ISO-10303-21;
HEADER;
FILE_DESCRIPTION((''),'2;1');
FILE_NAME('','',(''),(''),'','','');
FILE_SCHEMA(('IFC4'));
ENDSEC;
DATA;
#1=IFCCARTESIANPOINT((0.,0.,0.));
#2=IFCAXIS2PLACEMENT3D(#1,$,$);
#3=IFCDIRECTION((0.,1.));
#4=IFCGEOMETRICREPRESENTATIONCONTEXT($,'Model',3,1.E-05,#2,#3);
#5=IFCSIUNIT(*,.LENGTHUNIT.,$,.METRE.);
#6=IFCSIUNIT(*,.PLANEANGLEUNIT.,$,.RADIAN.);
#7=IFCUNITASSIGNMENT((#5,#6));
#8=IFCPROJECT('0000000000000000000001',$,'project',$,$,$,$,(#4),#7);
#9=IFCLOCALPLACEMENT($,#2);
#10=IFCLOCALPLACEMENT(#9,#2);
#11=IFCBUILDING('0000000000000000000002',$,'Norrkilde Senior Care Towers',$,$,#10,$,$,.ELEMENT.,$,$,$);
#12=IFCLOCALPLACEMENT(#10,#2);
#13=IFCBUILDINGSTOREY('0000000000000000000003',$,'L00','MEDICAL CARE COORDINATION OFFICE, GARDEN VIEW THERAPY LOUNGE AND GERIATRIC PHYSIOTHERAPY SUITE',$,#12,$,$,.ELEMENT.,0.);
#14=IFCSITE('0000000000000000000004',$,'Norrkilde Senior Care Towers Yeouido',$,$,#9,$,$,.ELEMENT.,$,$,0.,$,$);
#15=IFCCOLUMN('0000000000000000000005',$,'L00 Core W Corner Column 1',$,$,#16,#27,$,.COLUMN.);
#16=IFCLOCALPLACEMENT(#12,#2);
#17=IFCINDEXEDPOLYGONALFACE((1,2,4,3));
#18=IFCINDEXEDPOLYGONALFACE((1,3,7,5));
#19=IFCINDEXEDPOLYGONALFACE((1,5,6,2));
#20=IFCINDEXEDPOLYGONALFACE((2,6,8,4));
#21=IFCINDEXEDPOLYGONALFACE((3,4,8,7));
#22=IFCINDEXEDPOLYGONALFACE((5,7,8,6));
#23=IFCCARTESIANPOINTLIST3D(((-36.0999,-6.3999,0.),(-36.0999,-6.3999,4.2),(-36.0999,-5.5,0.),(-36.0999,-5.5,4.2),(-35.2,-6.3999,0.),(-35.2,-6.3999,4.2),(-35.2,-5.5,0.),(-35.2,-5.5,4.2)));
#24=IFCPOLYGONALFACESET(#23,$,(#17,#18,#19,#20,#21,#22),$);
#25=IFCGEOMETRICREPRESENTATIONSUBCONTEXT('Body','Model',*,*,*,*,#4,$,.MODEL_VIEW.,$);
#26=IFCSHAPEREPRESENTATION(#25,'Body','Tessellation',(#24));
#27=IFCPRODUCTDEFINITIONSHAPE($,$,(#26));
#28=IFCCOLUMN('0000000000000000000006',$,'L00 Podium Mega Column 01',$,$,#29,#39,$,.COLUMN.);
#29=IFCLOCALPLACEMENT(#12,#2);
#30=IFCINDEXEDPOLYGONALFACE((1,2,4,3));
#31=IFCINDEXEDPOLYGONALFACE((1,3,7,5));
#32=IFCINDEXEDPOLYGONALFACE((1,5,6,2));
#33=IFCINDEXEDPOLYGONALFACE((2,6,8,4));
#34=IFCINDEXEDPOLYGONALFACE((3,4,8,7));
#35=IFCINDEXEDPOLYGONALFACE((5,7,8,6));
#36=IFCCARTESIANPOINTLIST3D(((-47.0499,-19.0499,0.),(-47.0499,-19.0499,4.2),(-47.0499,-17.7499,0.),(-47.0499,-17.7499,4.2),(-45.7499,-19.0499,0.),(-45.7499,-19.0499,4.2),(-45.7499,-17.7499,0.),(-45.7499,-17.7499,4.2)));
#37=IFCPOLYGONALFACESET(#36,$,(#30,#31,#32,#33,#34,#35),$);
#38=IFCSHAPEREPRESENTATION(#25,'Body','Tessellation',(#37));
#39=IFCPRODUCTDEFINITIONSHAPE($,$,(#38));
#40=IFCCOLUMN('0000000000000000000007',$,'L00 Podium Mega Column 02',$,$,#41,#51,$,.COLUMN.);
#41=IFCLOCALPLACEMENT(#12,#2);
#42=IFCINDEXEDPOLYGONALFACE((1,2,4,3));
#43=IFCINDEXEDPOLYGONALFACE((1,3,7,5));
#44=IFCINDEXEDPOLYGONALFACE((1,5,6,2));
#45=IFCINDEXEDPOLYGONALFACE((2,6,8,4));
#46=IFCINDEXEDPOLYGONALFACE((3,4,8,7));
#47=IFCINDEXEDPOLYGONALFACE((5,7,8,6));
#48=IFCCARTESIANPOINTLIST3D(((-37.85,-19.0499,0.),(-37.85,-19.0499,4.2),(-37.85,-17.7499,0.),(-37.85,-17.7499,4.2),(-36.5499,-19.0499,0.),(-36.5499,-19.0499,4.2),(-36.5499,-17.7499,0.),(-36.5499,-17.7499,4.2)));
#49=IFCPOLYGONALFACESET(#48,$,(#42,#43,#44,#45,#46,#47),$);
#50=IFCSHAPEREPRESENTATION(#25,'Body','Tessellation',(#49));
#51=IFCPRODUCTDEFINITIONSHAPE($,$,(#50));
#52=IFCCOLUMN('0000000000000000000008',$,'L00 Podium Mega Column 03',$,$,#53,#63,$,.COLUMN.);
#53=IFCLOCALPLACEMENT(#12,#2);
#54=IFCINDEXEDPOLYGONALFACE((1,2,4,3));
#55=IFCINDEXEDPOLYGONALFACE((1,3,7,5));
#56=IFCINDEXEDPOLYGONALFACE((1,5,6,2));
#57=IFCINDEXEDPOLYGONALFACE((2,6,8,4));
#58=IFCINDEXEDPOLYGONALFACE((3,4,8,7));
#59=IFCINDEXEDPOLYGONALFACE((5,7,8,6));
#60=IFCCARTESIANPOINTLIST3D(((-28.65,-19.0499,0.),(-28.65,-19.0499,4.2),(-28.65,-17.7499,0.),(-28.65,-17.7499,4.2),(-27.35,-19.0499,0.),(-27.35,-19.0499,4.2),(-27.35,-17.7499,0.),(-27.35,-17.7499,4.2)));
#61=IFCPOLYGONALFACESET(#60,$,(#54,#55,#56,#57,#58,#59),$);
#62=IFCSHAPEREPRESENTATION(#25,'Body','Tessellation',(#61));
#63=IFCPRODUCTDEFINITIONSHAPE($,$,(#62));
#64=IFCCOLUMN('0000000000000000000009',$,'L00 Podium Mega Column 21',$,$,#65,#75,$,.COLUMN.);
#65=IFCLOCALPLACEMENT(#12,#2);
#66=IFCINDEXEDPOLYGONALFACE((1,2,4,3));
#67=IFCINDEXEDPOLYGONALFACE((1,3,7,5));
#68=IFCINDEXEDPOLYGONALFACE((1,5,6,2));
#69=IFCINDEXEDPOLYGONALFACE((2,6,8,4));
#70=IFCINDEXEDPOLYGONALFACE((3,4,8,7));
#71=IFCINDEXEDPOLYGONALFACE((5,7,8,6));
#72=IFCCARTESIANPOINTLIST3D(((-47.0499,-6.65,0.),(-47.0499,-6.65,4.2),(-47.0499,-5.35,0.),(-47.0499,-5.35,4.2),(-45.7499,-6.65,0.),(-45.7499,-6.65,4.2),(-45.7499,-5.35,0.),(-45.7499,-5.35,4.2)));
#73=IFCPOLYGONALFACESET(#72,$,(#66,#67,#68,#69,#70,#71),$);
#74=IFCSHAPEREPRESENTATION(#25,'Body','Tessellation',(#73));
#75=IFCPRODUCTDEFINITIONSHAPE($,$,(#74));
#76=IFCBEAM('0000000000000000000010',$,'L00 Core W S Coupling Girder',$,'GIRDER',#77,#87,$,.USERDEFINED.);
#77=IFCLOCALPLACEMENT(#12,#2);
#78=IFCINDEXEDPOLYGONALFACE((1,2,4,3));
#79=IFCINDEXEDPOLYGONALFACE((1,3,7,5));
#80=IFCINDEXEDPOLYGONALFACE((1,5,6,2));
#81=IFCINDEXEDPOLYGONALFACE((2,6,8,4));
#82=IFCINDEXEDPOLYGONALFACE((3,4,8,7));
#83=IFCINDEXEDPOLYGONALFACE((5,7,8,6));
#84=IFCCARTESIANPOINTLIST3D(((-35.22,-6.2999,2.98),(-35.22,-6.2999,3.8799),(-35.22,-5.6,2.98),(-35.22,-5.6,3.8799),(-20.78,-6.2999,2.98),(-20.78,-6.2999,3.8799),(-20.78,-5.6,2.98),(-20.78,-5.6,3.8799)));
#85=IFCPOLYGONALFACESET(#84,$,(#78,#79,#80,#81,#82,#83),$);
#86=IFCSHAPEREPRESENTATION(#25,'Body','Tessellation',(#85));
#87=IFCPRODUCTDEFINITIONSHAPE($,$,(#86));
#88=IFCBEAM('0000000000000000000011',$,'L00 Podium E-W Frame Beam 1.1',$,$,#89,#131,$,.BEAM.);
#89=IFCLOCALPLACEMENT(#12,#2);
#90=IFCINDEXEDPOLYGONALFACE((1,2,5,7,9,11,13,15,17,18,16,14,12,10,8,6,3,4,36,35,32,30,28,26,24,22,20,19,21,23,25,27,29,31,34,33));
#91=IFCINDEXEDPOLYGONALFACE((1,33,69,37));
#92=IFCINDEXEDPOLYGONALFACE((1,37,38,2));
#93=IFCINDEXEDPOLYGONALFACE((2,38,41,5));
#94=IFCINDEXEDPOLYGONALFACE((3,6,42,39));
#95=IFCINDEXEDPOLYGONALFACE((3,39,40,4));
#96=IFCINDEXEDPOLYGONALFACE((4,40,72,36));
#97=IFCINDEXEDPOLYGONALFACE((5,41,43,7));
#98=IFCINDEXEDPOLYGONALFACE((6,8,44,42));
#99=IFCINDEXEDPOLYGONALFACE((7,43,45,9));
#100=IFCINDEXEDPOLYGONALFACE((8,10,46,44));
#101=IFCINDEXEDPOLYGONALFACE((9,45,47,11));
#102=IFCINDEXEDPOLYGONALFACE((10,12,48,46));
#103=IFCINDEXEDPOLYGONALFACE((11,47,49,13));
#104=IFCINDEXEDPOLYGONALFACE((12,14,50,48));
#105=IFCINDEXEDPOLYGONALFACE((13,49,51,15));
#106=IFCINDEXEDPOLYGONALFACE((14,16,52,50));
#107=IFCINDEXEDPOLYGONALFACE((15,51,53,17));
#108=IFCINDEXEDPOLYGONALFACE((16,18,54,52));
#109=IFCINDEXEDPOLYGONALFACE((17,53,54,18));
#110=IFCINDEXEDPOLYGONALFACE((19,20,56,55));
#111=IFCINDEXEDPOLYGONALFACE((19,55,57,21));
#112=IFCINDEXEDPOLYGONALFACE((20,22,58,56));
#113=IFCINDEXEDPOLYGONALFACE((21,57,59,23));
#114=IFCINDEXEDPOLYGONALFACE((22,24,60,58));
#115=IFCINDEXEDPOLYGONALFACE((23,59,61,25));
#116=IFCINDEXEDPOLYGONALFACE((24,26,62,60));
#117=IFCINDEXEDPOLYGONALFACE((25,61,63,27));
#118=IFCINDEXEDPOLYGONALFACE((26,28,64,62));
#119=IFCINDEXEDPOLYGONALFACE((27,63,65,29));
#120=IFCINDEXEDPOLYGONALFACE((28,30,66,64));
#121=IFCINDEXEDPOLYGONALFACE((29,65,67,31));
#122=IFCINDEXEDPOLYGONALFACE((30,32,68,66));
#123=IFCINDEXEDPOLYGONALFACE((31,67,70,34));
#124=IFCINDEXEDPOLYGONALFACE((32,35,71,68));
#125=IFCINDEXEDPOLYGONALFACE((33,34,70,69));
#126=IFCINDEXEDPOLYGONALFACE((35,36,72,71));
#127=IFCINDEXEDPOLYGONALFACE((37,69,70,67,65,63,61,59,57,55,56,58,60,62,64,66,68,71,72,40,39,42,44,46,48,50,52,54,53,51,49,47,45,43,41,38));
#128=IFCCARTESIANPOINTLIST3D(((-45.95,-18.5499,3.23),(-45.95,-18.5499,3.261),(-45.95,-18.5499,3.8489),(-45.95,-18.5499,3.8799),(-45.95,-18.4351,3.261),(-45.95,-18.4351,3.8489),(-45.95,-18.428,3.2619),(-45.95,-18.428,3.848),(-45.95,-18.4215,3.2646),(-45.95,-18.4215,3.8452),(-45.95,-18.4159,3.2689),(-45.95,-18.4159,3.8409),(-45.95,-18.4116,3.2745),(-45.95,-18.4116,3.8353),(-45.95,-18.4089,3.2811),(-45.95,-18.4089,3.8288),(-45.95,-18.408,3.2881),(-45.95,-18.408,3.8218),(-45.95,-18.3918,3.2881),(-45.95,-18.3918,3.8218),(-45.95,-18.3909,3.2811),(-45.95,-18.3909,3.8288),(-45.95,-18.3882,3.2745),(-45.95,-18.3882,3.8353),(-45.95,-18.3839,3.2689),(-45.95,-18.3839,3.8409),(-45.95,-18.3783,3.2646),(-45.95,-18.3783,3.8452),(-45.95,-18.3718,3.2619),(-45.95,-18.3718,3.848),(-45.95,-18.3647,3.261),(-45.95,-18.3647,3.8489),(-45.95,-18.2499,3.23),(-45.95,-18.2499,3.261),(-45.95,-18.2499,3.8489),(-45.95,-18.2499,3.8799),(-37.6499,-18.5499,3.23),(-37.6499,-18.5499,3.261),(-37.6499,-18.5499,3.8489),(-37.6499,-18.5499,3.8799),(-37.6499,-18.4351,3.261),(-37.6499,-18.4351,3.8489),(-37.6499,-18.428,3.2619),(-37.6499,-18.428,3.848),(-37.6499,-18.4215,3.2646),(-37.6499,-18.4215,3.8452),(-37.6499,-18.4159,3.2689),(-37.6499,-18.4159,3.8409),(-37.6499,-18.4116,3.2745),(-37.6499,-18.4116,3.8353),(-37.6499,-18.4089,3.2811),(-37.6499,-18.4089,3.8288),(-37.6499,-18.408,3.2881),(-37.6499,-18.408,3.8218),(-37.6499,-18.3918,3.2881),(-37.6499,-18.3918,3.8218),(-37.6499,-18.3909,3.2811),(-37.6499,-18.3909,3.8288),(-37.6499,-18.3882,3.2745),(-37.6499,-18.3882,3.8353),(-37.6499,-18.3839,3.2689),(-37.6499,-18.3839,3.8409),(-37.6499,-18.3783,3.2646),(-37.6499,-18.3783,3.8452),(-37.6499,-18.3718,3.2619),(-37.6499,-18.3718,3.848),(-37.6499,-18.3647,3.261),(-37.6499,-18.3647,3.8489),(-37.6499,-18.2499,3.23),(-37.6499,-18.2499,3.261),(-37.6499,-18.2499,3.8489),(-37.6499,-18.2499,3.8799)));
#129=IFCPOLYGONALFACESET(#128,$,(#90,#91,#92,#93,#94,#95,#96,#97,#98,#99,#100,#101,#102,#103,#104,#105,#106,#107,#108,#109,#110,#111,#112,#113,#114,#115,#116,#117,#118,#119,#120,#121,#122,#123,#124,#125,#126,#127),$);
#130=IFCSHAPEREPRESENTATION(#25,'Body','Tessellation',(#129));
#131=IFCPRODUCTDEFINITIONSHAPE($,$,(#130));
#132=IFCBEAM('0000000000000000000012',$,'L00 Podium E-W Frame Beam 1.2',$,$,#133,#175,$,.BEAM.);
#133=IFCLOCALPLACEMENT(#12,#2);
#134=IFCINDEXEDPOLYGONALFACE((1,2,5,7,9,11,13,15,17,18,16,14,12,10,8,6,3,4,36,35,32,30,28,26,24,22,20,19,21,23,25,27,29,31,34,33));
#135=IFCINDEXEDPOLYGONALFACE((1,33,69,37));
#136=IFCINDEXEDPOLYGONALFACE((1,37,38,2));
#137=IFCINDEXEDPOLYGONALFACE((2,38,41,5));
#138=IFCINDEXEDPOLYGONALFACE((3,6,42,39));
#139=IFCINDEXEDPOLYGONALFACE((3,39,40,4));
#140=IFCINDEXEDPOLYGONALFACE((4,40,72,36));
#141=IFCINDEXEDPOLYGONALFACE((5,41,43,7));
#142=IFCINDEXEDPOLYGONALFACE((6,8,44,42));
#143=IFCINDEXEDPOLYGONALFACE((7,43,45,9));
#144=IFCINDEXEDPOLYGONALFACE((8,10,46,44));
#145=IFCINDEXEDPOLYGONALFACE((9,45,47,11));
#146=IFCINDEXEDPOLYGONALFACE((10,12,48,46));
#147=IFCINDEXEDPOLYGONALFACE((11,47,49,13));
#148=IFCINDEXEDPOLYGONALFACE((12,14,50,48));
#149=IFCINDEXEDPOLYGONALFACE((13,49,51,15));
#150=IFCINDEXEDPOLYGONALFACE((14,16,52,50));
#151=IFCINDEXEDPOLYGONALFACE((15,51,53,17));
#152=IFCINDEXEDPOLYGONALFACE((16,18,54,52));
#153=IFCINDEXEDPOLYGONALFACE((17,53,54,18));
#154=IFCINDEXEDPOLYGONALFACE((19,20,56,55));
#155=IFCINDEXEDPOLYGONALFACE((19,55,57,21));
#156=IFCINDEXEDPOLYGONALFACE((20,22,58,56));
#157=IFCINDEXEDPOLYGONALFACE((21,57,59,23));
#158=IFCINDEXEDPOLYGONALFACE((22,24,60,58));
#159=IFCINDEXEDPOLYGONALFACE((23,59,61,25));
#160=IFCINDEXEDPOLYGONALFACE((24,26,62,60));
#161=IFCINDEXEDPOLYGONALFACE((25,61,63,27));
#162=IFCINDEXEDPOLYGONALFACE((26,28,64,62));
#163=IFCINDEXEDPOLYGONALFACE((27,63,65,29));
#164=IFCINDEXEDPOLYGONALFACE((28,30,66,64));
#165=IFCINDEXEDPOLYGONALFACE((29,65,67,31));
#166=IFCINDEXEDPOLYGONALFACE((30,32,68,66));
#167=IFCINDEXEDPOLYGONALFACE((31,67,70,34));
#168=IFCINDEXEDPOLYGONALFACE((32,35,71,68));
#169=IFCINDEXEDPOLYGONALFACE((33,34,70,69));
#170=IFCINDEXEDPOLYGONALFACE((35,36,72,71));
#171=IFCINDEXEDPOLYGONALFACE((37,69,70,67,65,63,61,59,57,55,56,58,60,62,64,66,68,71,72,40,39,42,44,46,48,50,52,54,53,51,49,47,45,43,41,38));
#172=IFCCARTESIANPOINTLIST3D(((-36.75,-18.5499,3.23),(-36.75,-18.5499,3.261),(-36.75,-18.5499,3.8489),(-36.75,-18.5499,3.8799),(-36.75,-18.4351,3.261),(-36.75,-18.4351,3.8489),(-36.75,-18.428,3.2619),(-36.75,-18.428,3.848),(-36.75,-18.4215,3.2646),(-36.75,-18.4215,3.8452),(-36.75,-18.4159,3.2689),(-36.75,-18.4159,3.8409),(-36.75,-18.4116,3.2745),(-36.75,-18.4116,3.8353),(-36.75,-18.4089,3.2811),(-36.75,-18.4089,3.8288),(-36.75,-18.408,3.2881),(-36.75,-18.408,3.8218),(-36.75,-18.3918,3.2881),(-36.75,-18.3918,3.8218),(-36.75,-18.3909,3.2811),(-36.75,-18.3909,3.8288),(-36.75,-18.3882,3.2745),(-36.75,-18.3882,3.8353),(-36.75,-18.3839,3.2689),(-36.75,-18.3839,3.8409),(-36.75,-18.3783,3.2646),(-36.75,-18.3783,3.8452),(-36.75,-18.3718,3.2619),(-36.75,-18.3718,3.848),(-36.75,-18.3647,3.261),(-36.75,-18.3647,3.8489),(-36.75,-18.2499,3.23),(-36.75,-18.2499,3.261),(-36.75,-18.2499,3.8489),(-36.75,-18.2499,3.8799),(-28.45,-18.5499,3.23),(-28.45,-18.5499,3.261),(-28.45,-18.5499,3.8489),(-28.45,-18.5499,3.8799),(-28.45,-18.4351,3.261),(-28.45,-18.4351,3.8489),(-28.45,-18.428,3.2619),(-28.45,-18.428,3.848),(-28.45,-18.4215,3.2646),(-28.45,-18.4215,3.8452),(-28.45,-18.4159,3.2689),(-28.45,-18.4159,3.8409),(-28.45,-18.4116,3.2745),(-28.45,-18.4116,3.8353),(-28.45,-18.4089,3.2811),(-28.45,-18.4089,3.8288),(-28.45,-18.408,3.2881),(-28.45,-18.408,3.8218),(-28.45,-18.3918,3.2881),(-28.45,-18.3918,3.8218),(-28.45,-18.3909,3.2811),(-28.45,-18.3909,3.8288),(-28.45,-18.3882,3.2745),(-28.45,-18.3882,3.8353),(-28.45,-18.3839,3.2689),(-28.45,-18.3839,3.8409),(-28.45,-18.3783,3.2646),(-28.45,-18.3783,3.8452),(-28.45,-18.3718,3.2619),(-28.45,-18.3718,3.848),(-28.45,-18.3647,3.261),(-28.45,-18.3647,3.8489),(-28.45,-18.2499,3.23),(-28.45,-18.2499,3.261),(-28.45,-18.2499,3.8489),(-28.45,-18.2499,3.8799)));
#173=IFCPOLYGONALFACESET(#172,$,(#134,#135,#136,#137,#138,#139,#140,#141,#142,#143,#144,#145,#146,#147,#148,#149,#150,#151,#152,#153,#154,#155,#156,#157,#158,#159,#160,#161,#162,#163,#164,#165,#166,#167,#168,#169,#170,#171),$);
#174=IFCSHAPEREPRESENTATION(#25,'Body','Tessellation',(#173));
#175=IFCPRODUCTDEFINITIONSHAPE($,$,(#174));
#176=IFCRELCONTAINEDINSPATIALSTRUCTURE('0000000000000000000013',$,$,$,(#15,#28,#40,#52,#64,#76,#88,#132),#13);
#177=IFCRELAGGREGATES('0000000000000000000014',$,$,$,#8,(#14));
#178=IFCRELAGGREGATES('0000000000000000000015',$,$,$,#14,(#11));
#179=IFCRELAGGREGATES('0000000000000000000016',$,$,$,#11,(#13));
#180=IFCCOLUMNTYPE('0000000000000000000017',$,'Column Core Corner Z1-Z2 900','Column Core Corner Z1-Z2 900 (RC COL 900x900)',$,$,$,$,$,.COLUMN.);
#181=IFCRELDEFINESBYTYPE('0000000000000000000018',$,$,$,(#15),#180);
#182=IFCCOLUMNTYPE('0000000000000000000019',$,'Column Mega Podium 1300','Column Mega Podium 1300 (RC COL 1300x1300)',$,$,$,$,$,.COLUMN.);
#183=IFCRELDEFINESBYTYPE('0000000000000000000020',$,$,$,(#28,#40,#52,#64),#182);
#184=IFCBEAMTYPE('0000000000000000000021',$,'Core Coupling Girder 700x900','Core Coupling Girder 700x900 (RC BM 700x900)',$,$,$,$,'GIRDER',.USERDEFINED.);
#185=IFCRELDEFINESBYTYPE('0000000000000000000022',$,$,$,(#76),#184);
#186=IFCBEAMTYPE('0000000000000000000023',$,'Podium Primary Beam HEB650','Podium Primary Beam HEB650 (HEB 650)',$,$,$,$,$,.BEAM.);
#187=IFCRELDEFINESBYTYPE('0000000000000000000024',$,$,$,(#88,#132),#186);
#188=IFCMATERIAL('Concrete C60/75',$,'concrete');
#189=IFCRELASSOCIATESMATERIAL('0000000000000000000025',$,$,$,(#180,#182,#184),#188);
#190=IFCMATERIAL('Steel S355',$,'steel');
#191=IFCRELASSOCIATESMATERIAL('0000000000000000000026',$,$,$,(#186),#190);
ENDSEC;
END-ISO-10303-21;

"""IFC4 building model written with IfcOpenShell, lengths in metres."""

from ifc_helpers import new_model, si_unit, direction, frame, origin, origin_2d, place, context, subcontext, project, spatial, rectangle, i_section, extrude, source, transform, mapped, material, material_profile, profile_set, type_object, type_shapes, element, save


model = new_model("IFC4")

# Units and contexts
model_context = context("Model", 3, precision=1e-05, world=origin(), true_north=direction((0.0, 1.0)))
body_context = subcontext(model_context, "Body", "Model", "MODEL_VIEW")
ifc_project = project(units=[si_unit("LENGTHUNIT", "METRE"), si_unit("PLANEANGLEUNIT", "RADIAN")], contexts=[model_context])

# Site, building, storey
site_placement = place(None, origin())
site = spatial("IfcSite", under=ifc_project, at=site_placement, Name="Norrkilde Senior Care Towers Yeouido", CompositionType="ELEMENT", RefElevation=0.0)
building_placement = place(site_placement, origin())
building = spatial("IfcBuilding", under=site, at=building_placement, Name="Norrkilde Senior Care Towers", CompositionType="ELEMENT")
storey_placement = place(building_placement, origin())
storey = spatial("IfcBuildingStorey", under=building, at=storey_placement, Name="L00", Description="MEDICAL CARE COORDINATION OFFICE, GARDEN VIEW THERAPY LOUNGE AND GERIATRIC PHYSIOTHERAPY SUITE", CompositionType="ELEMENT", Elevation=0.0)

# Columns
ifc_material_1 = material(Name="Concrete C60/75", Category="concrete")
ifc_material_profile_1 = material_profile(ifc_material_1, rectangle(XDim=0.8999, YDim=0.8999, at=origin_2d()), Name="RC COL 900x900")
ifc_profile_set_1 = profile_set([ifc_material_profile_1], Name="Concrete C60/75")
column_type_1 = type_object("IfcColumnType", Name="Column Core Corner Z1-Z2 900", Description="Column Core Corner Z1-Z2 900 (RC COL 900x900)", PredefinedType="COLUMN", material=ifc_profile_set_1)
shared_shape_1 = source(origin(), body_context, "Body", "SweptSolid", [
    extrude(rectangle(XDim=0.8999, YDim=0.8999, at=origin_2d()), origin(), (0.0, 0.0, 1.0), 4.2),
])
type_shapes(column_type_1, [shared_shape_1])
column_placement = place(storey_placement, frame((-35.6499, -5.95, 0.0), z_axis=(0.0, 0.0, 1.0), x_axis=(1.0, 0.0, 0.0)))
element("IfcColumn", 1, at=column_placement, inside=storey, type_object=column_type_1, Name="L00 Core W Corner Column 1", PredefinedType="COLUMN", context=body_context, shape_type="MappedRepresentation", body=[
    mapped(shared_shape_1, transform((0.0, 0.0, 0.0), x_axis=(1.0, 0.0, 0.0), y_axis=(0.0, 1.0, 0.0), z_axis=(0.0, 0.0, 1.0), scale=1.0)),
])
ifc_material_profile_2 = material_profile(ifc_material_1, rectangle(XDim=1.3, YDim=1.3, at=origin_2d()), Name="RC COL 1300x1300")
ifc_profile_set_2 = profile_set([ifc_material_profile_2], Name="Concrete C60/75")
column_type_2 = type_object("IfcColumnType", Name="Column Mega Podium 1300", Description="Column Mega Podium 1300 (RC COL 1300x1300)", PredefinedType="COLUMN", material=ifc_profile_set_2)
shared_shape_2 = source(origin(), body_context, "Body", "SweptSolid", [
    extrude(rectangle(XDim=1.3, YDim=1.3, at=origin_2d()), origin(), (0.0, 0.0, 1.0), 4.2),
])
type_shapes(column_type_2, [shared_shape_2])
for number, where, z_axis, x_axis, name in (
    (2, (-46.3999, -18.3999, 0.0), (0.0, 0.0, 1.0), (1.0, 0.0, 0.0), "L00 Podium Mega Column 01"),
    (3, (-37.2, -18.3999, 0.0), (0.0, 0.0, 1.0), (1.0, 0.0, 0.0), "L00 Podium Mega Column 02"),
    (4, (-28.0, -18.3999, 0.0), (0.0, 0.0, 1.0), (1.0, 0.0, 0.0), "L00 Podium Mega Column 03"),
    (5, (-46.3999, -6.0, 0.0), (0.0, 0.0, 1.0), (1.0, 0.0, 0.0), "L00 Podium Mega Column 21"),
):
    element("IfcColumn", number, at=place(storey_placement, frame(where, z_axis=z_axis, x_axis=x_axis)), inside=storey, type_object=column_type_2, Name=name, PredefinedType="COLUMN", context=body_context, shape_type="MappedRepresentation", body=[
        mapped(shared_shape_2, transform((0.0, 0.0, 0.0), x_axis=(1.0, 0.0, 0.0), y_axis=(0.0, 1.0, 0.0), z_axis=(0.0, 0.0, 1.0), scale=1.0)),
    ])

# Beams
ifc_material_profile_3 = material_profile(ifc_material_1, rectangle(XDim=0.7, YDim=0.8999, at=origin_2d()), Name="RC BM 700x900")
ifc_profile_set_3 = profile_set([ifc_material_profile_3], Name="Concrete C60/75")
beam_type_1 = type_object("IfcBeamType", Name="Core Coupling Girder 700x900", Description="Core Coupling Girder 700x900 (RC BM 700x900)", ElementType="GIRDER", PredefinedType="USERDEFINED", material=ifc_profile_set_3)
shared_shape_3 = source(origin(), body_context, "Body", "SweptSolid", [
    extrude(rectangle(XDim=0.7, YDim=0.8999, at=origin_2d()), origin(), (0.0, 0.0, 1.0), 14.4399),
])
type_shapes(beam_type_1, [shared_shape_3])
beam_1_placement = place(storey_placement, frame((-35.22, -5.95, 3.4299), z_axis=(1.0, 0.0, 0.0), x_axis=(0.0, 1.0, 0.0)))
element("IfcBeam", 6, at=beam_1_placement, inside=storey, type_object=beam_type_1, Name="L00 Core W S Coupling Girder", ObjectType="GIRDER", PredefinedType="USERDEFINED", context=body_context, shape_type="MappedRepresentation", body=[
    mapped(shared_shape_3, transform((0.0, 0.0, 0.0), x_axis=(1.0, 0.0, 0.0), y_axis=(0.0, 1.0, 0.0), z_axis=(0.0, 0.0, 1.0), scale=1.0)),
])
ifc_material_2 = material(Name="Steel S355", Category="steel")
ifc_material_profile_4 = material_profile(ifc_material_2, i_section(OverallWidth=0.3, OverallDepth=0.6499, WebThickness=0.0161, FlangeThickness=0.031, FilletRadius=0.0271, at=origin_2d()), Name="HEB 650")
ifc_profile_set_4 = profile_set([ifc_material_profile_4], Name="Steel S355")
beam_type_2 = type_object("IfcBeamType", Name="Podium Primary Beam HEB650", Description="Podium Primary Beam HEB650 (HEB 650)", PredefinedType="BEAM", material=ifc_profile_set_4)
shared_shape_4 = source(origin(), body_context, "Body", "SweptSolid", [
    extrude(i_section(OverallWidth=0.3, OverallDepth=0.6499, WebThickness=0.0161, FlangeThickness=0.031, FilletRadius=0.0271, at=origin_2d()), origin(), (0.0, 0.0, 1.0), 8.3),
])
for number, where, z_axis, x_axis, name in (
    (7, (-45.95, -18.3999, 3.5549), (1.0, 0.0, 0.0), (0.0, 1.0, 0.0), "L00 Podium E-W Frame Beam 1.1"),
    (8, (-36.75, -18.3999, 3.5549), (1.0, 0.0, 0.0), (0.0, 1.0, 0.0), "L00 Podium E-W Frame Beam 1.2"),
):
    element("IfcBeam", number, at=place(storey_placement, frame(where, z_axis=z_axis, x_axis=x_axis)), inside=storey, type_object=beam_type_2, Name=name, PredefinedType="BEAM", context=body_context, shape_type="MappedRepresentation", body=[
        mapped(shared_shape_4, transform((0.0, 0.0, 0.0), x_axis=(1.0, 0.0, 0.0), y_axis=(0.0, 1.0, 0.0), z_axis=(0.0, 0.0, 1.0), scale=1.0)),
    ])

save(model, "model.ifc")
